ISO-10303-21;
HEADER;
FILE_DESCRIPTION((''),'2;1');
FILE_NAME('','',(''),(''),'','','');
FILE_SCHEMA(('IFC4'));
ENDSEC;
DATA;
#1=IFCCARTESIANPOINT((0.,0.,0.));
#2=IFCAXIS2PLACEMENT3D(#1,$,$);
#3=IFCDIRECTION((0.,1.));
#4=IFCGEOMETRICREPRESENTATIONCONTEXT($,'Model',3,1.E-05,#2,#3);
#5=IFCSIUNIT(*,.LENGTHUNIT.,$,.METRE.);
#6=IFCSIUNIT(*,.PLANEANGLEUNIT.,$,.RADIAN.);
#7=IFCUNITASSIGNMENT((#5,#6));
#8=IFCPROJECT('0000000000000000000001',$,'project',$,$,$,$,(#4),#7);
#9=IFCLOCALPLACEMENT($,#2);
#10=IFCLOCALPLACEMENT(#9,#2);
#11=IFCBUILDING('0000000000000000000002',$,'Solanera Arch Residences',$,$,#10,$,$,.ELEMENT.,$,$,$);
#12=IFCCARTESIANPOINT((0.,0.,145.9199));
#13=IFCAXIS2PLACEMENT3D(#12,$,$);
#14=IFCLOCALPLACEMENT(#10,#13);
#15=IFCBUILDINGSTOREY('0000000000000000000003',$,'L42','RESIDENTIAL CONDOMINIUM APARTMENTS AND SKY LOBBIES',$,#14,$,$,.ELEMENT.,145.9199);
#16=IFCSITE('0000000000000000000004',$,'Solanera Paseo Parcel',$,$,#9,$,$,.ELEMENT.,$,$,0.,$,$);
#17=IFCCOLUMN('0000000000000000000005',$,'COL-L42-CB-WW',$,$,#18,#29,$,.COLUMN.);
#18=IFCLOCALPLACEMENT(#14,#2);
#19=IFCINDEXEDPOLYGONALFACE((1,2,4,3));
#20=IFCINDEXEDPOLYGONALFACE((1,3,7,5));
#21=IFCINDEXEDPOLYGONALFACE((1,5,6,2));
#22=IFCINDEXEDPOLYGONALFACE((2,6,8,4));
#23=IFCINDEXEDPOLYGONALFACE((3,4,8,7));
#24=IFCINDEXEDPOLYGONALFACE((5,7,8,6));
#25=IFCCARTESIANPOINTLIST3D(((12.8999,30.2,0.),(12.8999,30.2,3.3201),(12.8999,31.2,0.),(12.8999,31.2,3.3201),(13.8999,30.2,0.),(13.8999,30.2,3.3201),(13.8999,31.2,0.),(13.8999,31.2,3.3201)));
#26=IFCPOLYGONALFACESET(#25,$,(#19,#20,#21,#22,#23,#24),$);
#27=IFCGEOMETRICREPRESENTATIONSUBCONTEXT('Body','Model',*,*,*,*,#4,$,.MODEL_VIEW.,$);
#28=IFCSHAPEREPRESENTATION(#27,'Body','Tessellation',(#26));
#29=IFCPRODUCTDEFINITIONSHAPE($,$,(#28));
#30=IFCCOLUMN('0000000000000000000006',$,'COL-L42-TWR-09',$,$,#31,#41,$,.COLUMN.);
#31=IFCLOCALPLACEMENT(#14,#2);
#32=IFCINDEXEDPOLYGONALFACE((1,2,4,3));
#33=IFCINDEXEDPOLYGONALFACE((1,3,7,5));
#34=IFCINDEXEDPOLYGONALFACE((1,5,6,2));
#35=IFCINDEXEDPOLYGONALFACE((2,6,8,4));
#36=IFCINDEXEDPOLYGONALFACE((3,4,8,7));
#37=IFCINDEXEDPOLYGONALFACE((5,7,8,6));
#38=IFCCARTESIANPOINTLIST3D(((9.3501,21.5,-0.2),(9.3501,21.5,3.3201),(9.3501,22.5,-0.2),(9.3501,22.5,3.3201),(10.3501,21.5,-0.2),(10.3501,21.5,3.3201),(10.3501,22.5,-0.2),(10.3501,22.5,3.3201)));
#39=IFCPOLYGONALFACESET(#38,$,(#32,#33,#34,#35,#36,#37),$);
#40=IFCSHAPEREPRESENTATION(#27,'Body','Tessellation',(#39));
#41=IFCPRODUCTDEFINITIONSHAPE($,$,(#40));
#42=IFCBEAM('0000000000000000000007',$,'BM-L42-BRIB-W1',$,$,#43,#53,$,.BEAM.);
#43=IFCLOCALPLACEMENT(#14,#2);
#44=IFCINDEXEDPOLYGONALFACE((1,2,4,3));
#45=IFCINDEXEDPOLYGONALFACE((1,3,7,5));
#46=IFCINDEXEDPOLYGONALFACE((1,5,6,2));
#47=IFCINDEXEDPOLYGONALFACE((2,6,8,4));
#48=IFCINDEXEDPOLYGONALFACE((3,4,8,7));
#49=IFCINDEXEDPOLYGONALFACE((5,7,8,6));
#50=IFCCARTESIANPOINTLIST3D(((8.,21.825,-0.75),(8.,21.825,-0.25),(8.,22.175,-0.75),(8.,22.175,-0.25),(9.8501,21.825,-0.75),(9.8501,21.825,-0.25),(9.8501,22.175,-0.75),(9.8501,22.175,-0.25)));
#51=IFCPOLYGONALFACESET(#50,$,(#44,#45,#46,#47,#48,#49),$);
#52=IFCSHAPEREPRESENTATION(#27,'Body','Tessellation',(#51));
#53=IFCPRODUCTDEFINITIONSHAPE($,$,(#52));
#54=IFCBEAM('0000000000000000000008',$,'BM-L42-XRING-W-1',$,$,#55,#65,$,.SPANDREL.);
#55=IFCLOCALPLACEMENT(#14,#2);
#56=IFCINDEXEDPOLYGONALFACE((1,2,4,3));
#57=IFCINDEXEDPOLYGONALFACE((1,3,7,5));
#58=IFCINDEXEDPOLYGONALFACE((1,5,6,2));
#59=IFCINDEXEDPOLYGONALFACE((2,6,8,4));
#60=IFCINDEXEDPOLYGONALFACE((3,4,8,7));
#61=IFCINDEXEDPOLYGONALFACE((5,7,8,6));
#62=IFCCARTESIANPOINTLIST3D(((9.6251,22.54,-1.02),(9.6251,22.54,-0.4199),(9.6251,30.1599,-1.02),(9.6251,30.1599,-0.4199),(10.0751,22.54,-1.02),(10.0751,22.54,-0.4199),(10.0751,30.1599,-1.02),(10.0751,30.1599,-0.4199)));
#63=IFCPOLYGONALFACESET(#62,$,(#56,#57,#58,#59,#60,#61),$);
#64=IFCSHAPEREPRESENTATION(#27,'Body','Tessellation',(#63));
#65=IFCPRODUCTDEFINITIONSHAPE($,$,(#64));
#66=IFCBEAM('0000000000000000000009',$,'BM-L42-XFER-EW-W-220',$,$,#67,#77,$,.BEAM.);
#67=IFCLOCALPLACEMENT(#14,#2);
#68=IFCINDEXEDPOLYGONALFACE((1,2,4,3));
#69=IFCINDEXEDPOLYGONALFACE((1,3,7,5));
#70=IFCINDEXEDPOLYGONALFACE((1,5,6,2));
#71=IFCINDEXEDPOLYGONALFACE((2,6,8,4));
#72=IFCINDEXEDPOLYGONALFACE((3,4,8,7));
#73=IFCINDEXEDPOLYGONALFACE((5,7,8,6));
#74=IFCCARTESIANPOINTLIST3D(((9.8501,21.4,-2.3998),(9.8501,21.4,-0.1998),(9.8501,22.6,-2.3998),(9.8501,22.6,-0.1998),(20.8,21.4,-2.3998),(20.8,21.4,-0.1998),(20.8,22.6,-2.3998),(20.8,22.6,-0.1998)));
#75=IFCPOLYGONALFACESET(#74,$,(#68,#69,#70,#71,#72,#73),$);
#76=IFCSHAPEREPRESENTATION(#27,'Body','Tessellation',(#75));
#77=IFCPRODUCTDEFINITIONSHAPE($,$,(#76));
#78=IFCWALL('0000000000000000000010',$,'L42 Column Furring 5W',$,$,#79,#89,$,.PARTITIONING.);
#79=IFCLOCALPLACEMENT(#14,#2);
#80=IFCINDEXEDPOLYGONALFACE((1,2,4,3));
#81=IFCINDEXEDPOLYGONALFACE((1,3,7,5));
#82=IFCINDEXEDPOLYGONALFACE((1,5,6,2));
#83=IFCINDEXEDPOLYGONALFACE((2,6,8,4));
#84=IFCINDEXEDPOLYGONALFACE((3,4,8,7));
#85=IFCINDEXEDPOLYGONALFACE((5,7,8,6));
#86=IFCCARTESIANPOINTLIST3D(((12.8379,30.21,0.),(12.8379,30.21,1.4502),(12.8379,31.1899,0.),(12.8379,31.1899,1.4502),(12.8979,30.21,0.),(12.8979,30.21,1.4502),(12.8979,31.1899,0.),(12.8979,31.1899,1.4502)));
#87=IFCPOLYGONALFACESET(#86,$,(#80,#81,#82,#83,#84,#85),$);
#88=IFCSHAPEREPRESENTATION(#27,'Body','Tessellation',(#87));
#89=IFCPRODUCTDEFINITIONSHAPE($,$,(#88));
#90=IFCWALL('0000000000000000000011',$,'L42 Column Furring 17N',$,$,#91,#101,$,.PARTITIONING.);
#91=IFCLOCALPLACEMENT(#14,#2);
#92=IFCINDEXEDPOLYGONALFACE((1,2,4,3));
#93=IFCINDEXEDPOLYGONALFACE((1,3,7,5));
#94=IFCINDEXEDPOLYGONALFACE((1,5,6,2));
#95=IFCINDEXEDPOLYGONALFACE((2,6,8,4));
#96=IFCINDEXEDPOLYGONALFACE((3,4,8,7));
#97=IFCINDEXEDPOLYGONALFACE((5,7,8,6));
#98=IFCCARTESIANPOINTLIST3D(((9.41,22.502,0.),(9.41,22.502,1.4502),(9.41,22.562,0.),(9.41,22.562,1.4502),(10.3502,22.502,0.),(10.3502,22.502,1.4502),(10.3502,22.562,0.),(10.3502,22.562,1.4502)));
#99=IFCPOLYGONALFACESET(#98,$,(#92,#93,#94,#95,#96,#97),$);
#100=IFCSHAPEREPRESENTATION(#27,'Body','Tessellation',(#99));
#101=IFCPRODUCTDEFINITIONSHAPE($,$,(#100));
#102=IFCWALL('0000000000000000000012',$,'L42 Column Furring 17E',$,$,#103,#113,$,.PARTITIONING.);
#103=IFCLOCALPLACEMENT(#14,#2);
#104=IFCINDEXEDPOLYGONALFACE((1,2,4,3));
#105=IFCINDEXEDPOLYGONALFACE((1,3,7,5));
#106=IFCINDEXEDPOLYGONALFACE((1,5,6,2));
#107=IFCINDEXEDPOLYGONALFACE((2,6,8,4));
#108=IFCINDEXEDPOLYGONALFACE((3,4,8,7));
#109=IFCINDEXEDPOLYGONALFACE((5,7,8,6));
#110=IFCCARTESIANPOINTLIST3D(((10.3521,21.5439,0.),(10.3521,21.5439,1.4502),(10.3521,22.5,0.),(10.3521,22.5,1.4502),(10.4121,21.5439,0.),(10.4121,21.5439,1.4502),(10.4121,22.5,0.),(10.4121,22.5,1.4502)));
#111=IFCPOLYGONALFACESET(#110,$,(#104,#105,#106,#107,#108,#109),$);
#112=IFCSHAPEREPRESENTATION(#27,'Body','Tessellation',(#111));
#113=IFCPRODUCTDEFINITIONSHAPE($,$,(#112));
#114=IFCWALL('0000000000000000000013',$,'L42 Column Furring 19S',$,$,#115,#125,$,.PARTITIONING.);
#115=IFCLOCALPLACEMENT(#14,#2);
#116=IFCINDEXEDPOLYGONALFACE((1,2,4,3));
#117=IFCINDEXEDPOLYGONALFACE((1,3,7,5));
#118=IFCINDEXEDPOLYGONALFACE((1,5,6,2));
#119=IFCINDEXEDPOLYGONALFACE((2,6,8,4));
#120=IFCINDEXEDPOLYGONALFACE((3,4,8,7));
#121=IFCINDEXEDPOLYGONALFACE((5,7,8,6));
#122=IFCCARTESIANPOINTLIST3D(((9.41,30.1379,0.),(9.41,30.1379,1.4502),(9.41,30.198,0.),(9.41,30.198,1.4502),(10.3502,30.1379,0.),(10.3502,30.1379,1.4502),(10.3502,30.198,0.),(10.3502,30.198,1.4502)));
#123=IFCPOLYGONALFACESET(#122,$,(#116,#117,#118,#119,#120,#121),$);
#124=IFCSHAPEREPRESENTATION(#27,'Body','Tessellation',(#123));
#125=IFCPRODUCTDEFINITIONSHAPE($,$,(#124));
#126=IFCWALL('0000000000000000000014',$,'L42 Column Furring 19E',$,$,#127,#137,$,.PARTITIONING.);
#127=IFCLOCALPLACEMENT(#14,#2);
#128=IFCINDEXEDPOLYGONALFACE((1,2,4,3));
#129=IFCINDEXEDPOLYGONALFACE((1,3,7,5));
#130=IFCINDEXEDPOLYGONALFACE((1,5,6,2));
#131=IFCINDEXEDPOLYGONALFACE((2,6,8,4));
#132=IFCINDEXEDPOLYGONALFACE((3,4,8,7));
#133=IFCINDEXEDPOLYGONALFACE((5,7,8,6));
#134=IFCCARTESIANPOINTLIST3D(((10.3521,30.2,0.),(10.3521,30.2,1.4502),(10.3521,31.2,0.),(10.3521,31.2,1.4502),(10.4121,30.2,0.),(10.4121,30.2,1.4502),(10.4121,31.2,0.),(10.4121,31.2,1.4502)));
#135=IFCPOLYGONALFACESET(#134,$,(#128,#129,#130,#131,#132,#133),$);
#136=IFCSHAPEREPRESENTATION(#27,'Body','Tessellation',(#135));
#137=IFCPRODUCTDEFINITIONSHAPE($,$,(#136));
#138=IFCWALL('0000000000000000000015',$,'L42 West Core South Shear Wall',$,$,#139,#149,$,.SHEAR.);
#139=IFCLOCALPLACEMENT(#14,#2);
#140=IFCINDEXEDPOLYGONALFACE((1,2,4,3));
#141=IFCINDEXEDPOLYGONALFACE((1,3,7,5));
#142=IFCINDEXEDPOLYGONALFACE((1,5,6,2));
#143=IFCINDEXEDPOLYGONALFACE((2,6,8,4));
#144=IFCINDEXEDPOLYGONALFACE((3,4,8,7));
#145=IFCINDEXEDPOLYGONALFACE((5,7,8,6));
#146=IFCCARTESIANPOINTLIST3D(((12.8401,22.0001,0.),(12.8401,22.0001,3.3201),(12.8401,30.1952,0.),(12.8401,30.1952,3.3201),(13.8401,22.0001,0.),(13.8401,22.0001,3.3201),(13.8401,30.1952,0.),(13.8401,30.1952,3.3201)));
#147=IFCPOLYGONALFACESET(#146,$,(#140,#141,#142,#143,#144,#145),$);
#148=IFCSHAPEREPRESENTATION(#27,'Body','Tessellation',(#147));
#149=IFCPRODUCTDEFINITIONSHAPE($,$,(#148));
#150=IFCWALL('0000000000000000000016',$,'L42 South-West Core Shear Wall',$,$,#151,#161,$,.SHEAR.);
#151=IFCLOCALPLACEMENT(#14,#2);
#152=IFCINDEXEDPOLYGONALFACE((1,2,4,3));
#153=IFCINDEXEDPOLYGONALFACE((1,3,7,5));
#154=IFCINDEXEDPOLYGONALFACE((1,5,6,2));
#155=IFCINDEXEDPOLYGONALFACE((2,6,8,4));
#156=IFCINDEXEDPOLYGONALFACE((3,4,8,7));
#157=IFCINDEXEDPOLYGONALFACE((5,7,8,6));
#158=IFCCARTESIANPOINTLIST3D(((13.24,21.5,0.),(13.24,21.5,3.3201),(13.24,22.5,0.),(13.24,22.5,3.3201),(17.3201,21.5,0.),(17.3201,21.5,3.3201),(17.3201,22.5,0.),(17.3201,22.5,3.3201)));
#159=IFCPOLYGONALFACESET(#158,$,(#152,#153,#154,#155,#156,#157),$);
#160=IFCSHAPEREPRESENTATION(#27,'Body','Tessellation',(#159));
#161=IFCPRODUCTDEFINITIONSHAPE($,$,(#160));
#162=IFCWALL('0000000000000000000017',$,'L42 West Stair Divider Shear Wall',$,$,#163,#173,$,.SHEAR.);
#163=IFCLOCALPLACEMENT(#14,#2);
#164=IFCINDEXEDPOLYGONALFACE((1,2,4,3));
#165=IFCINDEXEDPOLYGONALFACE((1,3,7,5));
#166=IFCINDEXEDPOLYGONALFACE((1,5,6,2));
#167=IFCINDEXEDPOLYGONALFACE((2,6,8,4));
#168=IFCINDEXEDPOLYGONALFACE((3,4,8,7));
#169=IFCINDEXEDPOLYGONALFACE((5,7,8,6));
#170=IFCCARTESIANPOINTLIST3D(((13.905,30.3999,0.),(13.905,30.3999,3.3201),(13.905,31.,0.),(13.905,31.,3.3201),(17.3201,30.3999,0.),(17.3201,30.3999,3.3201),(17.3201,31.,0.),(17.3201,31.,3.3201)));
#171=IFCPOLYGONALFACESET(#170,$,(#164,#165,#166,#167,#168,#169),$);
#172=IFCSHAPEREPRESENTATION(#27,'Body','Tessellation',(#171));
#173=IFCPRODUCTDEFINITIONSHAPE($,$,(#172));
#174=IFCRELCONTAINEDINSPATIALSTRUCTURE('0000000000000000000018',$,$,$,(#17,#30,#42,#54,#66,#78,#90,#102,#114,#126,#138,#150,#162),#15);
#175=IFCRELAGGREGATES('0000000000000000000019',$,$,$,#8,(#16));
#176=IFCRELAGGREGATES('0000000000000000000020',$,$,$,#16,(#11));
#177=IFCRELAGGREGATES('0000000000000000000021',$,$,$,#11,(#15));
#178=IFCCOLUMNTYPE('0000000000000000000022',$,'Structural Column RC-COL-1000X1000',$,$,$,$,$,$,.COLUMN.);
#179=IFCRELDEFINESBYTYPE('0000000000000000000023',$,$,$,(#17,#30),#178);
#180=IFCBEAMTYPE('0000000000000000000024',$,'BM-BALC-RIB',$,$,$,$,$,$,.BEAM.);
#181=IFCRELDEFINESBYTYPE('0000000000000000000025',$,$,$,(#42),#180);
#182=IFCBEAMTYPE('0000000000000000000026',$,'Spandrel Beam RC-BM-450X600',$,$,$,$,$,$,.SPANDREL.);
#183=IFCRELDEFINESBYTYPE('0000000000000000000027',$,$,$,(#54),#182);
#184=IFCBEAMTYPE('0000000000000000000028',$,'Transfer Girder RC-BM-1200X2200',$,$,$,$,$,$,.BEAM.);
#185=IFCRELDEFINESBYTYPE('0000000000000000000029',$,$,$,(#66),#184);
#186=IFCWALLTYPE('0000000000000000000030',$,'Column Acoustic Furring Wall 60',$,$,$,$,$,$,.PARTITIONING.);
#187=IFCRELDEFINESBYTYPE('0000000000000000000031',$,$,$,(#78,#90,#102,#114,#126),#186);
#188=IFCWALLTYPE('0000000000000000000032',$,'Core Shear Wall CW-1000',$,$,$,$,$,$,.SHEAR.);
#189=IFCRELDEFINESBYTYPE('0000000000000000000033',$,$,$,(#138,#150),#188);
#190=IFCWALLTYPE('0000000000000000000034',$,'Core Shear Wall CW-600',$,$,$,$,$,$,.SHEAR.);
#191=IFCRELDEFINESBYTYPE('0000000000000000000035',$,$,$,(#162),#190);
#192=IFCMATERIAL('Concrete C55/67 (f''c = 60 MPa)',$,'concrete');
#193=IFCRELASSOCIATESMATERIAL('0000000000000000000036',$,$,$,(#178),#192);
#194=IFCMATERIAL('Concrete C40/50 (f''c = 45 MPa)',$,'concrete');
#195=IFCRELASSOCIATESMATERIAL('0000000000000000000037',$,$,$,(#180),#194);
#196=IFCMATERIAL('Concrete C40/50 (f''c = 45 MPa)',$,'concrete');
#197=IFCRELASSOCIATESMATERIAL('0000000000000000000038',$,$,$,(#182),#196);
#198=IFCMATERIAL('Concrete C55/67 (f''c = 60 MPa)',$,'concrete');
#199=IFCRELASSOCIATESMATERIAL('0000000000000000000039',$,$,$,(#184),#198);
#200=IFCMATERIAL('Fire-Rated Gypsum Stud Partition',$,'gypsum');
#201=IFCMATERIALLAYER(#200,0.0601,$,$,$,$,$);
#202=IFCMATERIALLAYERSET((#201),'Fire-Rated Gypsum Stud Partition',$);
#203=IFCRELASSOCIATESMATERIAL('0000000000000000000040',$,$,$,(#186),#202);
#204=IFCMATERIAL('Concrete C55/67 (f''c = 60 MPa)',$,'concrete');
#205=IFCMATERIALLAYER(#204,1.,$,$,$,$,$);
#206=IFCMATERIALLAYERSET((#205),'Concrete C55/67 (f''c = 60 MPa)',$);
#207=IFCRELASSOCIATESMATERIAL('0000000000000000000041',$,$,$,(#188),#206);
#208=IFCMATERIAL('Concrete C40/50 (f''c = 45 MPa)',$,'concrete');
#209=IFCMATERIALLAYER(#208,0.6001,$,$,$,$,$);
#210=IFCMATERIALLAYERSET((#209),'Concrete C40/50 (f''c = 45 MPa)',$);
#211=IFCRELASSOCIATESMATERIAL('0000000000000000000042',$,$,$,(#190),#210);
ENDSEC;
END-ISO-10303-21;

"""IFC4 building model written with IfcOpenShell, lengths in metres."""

from ifc_helpers import new_model, si_unit, direction, frame, frame_2d, origin, origin_2d, place, context, subcontext, project, spatial, rectangle, extrude, material, layer, layer_set, material_profile, profile_set, type_object, element, save


model = new_model("IFC4")

# Units and contexts
model_context = context("Model", 3, precision=1e-05, world=origin(), true_north=direction((0.0, 1.0)))
body_context = subcontext(model_context, "Body", "Model", "MODEL_VIEW")
ifc_project = project(units=[si_unit("LENGTHUNIT", "METRE"), si_unit("PLANEANGLEUNIT", "RADIAN")], contexts=[model_context])

# Site, building, storey
site_placement = place(None, origin())
site = spatial("IfcSite", under=ifc_project, at=site_placement, Name="Solanera Paseo Parcel", CompositionType="ELEMENT", RefElevation=0.0)
building_placement = place(site_placement, origin())
building = spatial("IfcBuilding", under=site, at=building_placement, Name="Solanera Arch Residences", CompositionType="ELEMENT")
storey_placement = place(building_placement, frame((0.0, 0.0, 145.9199)))
storey = spatial("IfcBuildingStorey", under=building, at=storey_placement, Name="L42", Description="RESIDENTIAL CONDOMINIUM APARTMENTS AND SKY LOBBIES", CompositionType="ELEMENT", Elevation=145.9199)

# Columns
ifc_material_1 = material(Name="Concrete C55/67 (f'c = 60 MPa)", Category="concrete")
ifc_material_profile_1 = material_profile(ifc_material_1, rectangle(XDim=1.0, YDim=1.0, at=origin_2d()))
ifc_profile_set_1 = profile_set([ifc_material_profile_1], Name="Concrete C55/67 (f'c = 60 MPa)")
column_type = type_object("IfcColumnType", Name="Structural Column RC-COL-1000X1000", PredefinedType="COLUMN", material=ifc_profile_set_1)
column_1_placement = place(storey_placement, frame((13.3999, 30.7, 0.0), z_axis=(0.0, 0.0, 1.0), x_axis=(1.0, 0.0, 0.0)))
element("IfcColumn", 1, at=column_1_placement, inside=storey, type_object=column_type, Name="COL-L42-CB-WW", PredefinedType="COLUMN", context=body_context, shape_type="SweptSolid", body=[
    extrude(rectangle(XDim=1.0, YDim=1.0, at=origin_2d()), origin(), (0.0, 0.0, 1.0), 3.3201),
])
column_2_placement = place(storey_placement, frame((9.8501, 22.0, -0.2), z_axis=(0.0, 0.0, 1.0), x_axis=(1.0, 0.0, 0.0)))
element("IfcColumn", 2, at=column_2_placement, inside=storey, type_object=column_type, Name="COL-L42-TWR-09", PredefinedType="COLUMN", context=body_context, shape_type="SweptSolid", body=[
    extrude(rectangle(XDim=1.0, YDim=1.0, at=origin_2d()), origin(), (0.0, 0.0, 1.0), 3.52),
])

# Beams
ifc_material_2 = material(Name="Concrete C40/50 (f'c = 45 MPa)", Category="concrete")
ifc_material_profile_2 = material_profile(ifc_material_2, rectangle(XDim=0.3501, YDim=0.5, at=origin_2d()))
ifc_profile_set_2 = profile_set([ifc_material_profile_2], Name="Concrete C40/50 (f'c = 45 MPa)")
beam_type_1 = type_object("IfcBeamType", Name="BM-BALC-RIB", PredefinedType="BEAM", material=ifc_profile_set_2)
beam_1_placement = place(storey_placement, frame((8.0, 22.0, -0.5), z_axis=(1.0, 0.0, 0.0), x_axis=(0.0, 1.0, 0.0)))
element("IfcBeam", 3, at=beam_1_placement, inside=storey, type_object=beam_type_1, Name="BM-L42-BRIB-W1", PredefinedType="BEAM", context=body_context, shape_type="SweptSolid", body=[
    extrude(rectangle(XDim=0.3501, YDim=0.5, at=origin_2d()), origin(), (0.0, 0.0, 1.0), 1.8501),
])
ifc_material_3 = material(Name="Concrete C40/50 (f'c = 45 MPa)", Category="concrete")
ifc_material_profile_3 = material_profile(ifc_material_3, rectangle(XDim=0.45, YDim=0.6001, at=origin_2d()))
ifc_profile_set_3 = profile_set([ifc_material_profile_3], Name="Concrete C40/50 (f'c = 45 MPa)")
beam_type_2 = type_object("IfcBeamType", Name="Spandrel Beam RC-BM-450X600", PredefinedType="SPANDREL", material=ifc_profile_set_3)
beam_2_placement = place(storey_placement, frame((9.8501, 22.54, -0.72), z_axis=(0.0, 1.0, 0.0), x_axis=(-1.0, 0.0, 0.0)))
element("IfcBeam", 4, at=beam_2_placement, inside=storey, type_object=beam_type_2, Name="BM-L42-XRING-W-1", PredefinedType="SPANDREL", context=body_context, shape_type="SweptSolid", body=[
    extrude(rectangle(XDim=0.45, YDim=0.6001, at=origin_2d()), origin(), (0.0, 0.0, 1.0), 7.6199),
])
ifc_material_4 = material(Name="Concrete C55/67 (f'c = 60 MPa)", Category="concrete")
ifc_material_profile_4 = material_profile(ifc_material_4, rectangle(XDim=1.2, YDim=2.2, at=origin_2d()))
ifc_profile_set_4 = profile_set([ifc_material_profile_4], Name="Concrete C55/67 (f'c = 60 MPa)")
beam_type_3 = type_object("IfcBeamType", Name="Transfer Girder RC-BM-1200X2200", PredefinedType="BEAM", material=ifc_profile_set_4)
beam_3_placement = place(storey_placement, frame((9.8501, 22.0, -1.2998), z_axis=(1.0, 0.0, 0.0), x_axis=(0.0, 1.0, 0.0)))
element("IfcBeam", 5, at=beam_3_placement, inside=storey, type_object=beam_type_3, Name="BM-L42-XFER-EW-W-220", PredefinedType="BEAM", context=body_context, shape_type="SweptSolid", body=[
    extrude(rectangle(XDim=1.2, YDim=2.2, at=origin_2d()), origin(), (0.0, 0.0, 1.0), 10.95),
])

# Walls
ifc_material_5 = material(Name="Fire-Rated Gypsum Stud Partition", Category="gypsum")
ifc_layer_1 = layer(ifc_material_5, 0.0601)
ifc_layer_set_1 = layer_set([ifc_layer_1], Name="Fire-Rated Gypsum Stud Partition")
wall_type_1 = type_object("IfcWallType", Name="Column Acoustic Furring Wall 60", PredefinedType="PARTITIONING", material=ifc_layer_set_1)
wall_1_placement = place(storey_placement, frame((12.8679, 30.21, 0.0), z_axis=(0.0, 0.0, 1.0), x_axis=(0.0, 1.0, 0.0)))
element("IfcWall", 6, at=wall_1_placement, inside=storey, type_object=wall_type_1, Name="L42 Column Furring 5W", PredefinedType="PARTITIONING", context=body_context, shape_type="SweptSolid", body=[
    extrude(rectangle(XDim=0.98, YDim=0.0601, at=frame_2d((0.49, 0.0))), origin(), (0.0, 0.0, 1.0), 1.4502),
])
wall_2_placement = place(storey_placement, frame((9.4099, 22.532, 0.0), z_axis=(0.0, 0.0, 1.0), x_axis=(1.0, 0.0, 0.0)))
element("IfcWall", 7, at=wall_2_placement, inside=storey, type_object=wall_type_1, Name="L42 Column Furring 17N", PredefinedType="PARTITIONING", context=body_context, shape_type="SweptSolid", body=[
    extrude(rectangle(XDim=0.9402, YDim=0.0601, at=frame_2d((0.4702, 0.0))), origin(), (0.0, 0.0, 1.0), 1.4502),
])
wall_3_placement = place(storey_placement, frame((10.3821, 21.5439, 0.0), z_axis=(0.0, 0.0, 1.0), x_axis=(0.0, 1.0, 0.0)))
element("IfcWall", 8, at=wall_3_placement, inside=storey, type_object=wall_type_1, Name="L42 Column Furring 17E", PredefinedType="PARTITIONING", context=body_context, shape_type="SweptSolid", body=[
    extrude(rectangle(XDim=0.9561, YDim=0.0601, at=frame_2d((0.478, 0.0))), origin(), (0.0, 0.0, 1.0), 1.4502),
])
wall_4_placement = place(storey_placement, frame((9.4099, 30.168, 0.0), z_axis=(0.0, 0.0, 1.0), x_axis=(1.0, 0.0, 0.0)))
element("IfcWall", 9, at=wall_4_placement, inside=storey, type_object=wall_type_1, Name="L42 Column Furring 19S", PredefinedType="PARTITIONING", context=body_context, shape_type="SweptSolid", body=[
    extrude(rectangle(XDim=0.9402, YDim=0.0601, at=frame_2d((0.4702, 0.0))), origin(), (0.0, 0.0, 1.0), 1.4502),
])
wall_5_placement = place(storey_placement, frame((10.3821, 30.2, 0.0), z_axis=(0.0, 0.0, 1.0), x_axis=(0.0, 1.0, 0.0)))
element("IfcWall", 10, at=wall_5_placement, inside=storey, type_object=wall_type_1, Name="L42 Column Furring 19E", PredefinedType="PARTITIONING", context=body_context, shape_type="SweptSolid", body=[
    extrude(rectangle(XDim=1.0, YDim=0.0601, at=frame_2d((0.5, 0.0))), origin(), (0.0, 0.0, 1.0), 1.4502),
])
ifc_material_6 = material(Name="Concrete C55/67 (f'c = 60 MPa)", Category="concrete")
ifc_layer_2 = layer(ifc_material_6, 1.0)
ifc_layer_set_2 = layer_set([ifc_layer_2], Name="Concrete C55/67 (f'c = 60 MPa)")
wall_type_2 = type_object("IfcWallType", Name="Core Shear Wall CW-1000", PredefinedType="SHEAR", material=ifc_layer_set_2)
wall_6_placement = place(storey_placement, frame((13.3401, 22.0, 0.0), z_axis=(0.0, 0.0, 1.0), x_axis=(0.0, 1.0, 0.0)))
element("IfcWall", 11, at=wall_6_placement, inside=storey, type_object=wall_type_2, Name="L42 West Core South Shear Wall", PredefinedType="SHEAR", context=body_context, shape_type="SweptSolid", body=[
    extrude(rectangle(XDim=8.1951, YDim=1.0, at=frame_2d((4.0977, 0.0))), origin(), (0.0, 0.0, 1.0), 3.3201),
])
wall_7_placement = place(storey_placement, frame((13.24, 22.0, 0.0), z_axis=(0.0, 0.0, 1.0), x_axis=(1.0, 0.0, 0.0)))
element("IfcWall", 12, at=wall_7_placement, inside=storey, type_object=wall_type_2, Name="L42 South-West Core Shear Wall", PredefinedType="SHEAR", context=body_context, shape_type="SweptSolid", body=[
    extrude(rectangle(XDim=4.0801, YDim=1.0, at=frame_2d((2.04, 0.0))), origin(), (0.0, 0.0, 1.0), 3.3201),
])
ifc_material_7 = material(Name="Concrete C40/50 (f'c = 45 MPa)", Category="concrete")
ifc_layer_3 = layer(ifc_material_7, 0.6001)
ifc_layer_set_3 = layer_set([ifc_layer_3], Name="Concrete C40/50 (f'c = 45 MPa)")
wall_type_3 = type_object("IfcWallType", Name="Core Shear Wall CW-600", PredefinedType="SHEAR", material=ifc_layer_set_3)
wall_8_placement = place(storey_placement, frame((13.905, 30.7, 0.0), z_axis=(0.0, 0.0, 1.0), x_axis=(1.0, 0.0, 0.0)))
element("IfcWall", 13, at=wall_8_placement, inside=storey, type_object=wall_type_3, Name="L42 West Stair Divider Shear Wall", PredefinedType="SHEAR", context=body_context, shape_type="SweptSolid", body=[
    extrude(rectangle(XDim=3.415, YDim=0.6001, at=frame_2d((1.7075, 0.0))), origin(), (0.0, 0.0, 1.0), 3.3201),
])

save(model, "model.ifc")
